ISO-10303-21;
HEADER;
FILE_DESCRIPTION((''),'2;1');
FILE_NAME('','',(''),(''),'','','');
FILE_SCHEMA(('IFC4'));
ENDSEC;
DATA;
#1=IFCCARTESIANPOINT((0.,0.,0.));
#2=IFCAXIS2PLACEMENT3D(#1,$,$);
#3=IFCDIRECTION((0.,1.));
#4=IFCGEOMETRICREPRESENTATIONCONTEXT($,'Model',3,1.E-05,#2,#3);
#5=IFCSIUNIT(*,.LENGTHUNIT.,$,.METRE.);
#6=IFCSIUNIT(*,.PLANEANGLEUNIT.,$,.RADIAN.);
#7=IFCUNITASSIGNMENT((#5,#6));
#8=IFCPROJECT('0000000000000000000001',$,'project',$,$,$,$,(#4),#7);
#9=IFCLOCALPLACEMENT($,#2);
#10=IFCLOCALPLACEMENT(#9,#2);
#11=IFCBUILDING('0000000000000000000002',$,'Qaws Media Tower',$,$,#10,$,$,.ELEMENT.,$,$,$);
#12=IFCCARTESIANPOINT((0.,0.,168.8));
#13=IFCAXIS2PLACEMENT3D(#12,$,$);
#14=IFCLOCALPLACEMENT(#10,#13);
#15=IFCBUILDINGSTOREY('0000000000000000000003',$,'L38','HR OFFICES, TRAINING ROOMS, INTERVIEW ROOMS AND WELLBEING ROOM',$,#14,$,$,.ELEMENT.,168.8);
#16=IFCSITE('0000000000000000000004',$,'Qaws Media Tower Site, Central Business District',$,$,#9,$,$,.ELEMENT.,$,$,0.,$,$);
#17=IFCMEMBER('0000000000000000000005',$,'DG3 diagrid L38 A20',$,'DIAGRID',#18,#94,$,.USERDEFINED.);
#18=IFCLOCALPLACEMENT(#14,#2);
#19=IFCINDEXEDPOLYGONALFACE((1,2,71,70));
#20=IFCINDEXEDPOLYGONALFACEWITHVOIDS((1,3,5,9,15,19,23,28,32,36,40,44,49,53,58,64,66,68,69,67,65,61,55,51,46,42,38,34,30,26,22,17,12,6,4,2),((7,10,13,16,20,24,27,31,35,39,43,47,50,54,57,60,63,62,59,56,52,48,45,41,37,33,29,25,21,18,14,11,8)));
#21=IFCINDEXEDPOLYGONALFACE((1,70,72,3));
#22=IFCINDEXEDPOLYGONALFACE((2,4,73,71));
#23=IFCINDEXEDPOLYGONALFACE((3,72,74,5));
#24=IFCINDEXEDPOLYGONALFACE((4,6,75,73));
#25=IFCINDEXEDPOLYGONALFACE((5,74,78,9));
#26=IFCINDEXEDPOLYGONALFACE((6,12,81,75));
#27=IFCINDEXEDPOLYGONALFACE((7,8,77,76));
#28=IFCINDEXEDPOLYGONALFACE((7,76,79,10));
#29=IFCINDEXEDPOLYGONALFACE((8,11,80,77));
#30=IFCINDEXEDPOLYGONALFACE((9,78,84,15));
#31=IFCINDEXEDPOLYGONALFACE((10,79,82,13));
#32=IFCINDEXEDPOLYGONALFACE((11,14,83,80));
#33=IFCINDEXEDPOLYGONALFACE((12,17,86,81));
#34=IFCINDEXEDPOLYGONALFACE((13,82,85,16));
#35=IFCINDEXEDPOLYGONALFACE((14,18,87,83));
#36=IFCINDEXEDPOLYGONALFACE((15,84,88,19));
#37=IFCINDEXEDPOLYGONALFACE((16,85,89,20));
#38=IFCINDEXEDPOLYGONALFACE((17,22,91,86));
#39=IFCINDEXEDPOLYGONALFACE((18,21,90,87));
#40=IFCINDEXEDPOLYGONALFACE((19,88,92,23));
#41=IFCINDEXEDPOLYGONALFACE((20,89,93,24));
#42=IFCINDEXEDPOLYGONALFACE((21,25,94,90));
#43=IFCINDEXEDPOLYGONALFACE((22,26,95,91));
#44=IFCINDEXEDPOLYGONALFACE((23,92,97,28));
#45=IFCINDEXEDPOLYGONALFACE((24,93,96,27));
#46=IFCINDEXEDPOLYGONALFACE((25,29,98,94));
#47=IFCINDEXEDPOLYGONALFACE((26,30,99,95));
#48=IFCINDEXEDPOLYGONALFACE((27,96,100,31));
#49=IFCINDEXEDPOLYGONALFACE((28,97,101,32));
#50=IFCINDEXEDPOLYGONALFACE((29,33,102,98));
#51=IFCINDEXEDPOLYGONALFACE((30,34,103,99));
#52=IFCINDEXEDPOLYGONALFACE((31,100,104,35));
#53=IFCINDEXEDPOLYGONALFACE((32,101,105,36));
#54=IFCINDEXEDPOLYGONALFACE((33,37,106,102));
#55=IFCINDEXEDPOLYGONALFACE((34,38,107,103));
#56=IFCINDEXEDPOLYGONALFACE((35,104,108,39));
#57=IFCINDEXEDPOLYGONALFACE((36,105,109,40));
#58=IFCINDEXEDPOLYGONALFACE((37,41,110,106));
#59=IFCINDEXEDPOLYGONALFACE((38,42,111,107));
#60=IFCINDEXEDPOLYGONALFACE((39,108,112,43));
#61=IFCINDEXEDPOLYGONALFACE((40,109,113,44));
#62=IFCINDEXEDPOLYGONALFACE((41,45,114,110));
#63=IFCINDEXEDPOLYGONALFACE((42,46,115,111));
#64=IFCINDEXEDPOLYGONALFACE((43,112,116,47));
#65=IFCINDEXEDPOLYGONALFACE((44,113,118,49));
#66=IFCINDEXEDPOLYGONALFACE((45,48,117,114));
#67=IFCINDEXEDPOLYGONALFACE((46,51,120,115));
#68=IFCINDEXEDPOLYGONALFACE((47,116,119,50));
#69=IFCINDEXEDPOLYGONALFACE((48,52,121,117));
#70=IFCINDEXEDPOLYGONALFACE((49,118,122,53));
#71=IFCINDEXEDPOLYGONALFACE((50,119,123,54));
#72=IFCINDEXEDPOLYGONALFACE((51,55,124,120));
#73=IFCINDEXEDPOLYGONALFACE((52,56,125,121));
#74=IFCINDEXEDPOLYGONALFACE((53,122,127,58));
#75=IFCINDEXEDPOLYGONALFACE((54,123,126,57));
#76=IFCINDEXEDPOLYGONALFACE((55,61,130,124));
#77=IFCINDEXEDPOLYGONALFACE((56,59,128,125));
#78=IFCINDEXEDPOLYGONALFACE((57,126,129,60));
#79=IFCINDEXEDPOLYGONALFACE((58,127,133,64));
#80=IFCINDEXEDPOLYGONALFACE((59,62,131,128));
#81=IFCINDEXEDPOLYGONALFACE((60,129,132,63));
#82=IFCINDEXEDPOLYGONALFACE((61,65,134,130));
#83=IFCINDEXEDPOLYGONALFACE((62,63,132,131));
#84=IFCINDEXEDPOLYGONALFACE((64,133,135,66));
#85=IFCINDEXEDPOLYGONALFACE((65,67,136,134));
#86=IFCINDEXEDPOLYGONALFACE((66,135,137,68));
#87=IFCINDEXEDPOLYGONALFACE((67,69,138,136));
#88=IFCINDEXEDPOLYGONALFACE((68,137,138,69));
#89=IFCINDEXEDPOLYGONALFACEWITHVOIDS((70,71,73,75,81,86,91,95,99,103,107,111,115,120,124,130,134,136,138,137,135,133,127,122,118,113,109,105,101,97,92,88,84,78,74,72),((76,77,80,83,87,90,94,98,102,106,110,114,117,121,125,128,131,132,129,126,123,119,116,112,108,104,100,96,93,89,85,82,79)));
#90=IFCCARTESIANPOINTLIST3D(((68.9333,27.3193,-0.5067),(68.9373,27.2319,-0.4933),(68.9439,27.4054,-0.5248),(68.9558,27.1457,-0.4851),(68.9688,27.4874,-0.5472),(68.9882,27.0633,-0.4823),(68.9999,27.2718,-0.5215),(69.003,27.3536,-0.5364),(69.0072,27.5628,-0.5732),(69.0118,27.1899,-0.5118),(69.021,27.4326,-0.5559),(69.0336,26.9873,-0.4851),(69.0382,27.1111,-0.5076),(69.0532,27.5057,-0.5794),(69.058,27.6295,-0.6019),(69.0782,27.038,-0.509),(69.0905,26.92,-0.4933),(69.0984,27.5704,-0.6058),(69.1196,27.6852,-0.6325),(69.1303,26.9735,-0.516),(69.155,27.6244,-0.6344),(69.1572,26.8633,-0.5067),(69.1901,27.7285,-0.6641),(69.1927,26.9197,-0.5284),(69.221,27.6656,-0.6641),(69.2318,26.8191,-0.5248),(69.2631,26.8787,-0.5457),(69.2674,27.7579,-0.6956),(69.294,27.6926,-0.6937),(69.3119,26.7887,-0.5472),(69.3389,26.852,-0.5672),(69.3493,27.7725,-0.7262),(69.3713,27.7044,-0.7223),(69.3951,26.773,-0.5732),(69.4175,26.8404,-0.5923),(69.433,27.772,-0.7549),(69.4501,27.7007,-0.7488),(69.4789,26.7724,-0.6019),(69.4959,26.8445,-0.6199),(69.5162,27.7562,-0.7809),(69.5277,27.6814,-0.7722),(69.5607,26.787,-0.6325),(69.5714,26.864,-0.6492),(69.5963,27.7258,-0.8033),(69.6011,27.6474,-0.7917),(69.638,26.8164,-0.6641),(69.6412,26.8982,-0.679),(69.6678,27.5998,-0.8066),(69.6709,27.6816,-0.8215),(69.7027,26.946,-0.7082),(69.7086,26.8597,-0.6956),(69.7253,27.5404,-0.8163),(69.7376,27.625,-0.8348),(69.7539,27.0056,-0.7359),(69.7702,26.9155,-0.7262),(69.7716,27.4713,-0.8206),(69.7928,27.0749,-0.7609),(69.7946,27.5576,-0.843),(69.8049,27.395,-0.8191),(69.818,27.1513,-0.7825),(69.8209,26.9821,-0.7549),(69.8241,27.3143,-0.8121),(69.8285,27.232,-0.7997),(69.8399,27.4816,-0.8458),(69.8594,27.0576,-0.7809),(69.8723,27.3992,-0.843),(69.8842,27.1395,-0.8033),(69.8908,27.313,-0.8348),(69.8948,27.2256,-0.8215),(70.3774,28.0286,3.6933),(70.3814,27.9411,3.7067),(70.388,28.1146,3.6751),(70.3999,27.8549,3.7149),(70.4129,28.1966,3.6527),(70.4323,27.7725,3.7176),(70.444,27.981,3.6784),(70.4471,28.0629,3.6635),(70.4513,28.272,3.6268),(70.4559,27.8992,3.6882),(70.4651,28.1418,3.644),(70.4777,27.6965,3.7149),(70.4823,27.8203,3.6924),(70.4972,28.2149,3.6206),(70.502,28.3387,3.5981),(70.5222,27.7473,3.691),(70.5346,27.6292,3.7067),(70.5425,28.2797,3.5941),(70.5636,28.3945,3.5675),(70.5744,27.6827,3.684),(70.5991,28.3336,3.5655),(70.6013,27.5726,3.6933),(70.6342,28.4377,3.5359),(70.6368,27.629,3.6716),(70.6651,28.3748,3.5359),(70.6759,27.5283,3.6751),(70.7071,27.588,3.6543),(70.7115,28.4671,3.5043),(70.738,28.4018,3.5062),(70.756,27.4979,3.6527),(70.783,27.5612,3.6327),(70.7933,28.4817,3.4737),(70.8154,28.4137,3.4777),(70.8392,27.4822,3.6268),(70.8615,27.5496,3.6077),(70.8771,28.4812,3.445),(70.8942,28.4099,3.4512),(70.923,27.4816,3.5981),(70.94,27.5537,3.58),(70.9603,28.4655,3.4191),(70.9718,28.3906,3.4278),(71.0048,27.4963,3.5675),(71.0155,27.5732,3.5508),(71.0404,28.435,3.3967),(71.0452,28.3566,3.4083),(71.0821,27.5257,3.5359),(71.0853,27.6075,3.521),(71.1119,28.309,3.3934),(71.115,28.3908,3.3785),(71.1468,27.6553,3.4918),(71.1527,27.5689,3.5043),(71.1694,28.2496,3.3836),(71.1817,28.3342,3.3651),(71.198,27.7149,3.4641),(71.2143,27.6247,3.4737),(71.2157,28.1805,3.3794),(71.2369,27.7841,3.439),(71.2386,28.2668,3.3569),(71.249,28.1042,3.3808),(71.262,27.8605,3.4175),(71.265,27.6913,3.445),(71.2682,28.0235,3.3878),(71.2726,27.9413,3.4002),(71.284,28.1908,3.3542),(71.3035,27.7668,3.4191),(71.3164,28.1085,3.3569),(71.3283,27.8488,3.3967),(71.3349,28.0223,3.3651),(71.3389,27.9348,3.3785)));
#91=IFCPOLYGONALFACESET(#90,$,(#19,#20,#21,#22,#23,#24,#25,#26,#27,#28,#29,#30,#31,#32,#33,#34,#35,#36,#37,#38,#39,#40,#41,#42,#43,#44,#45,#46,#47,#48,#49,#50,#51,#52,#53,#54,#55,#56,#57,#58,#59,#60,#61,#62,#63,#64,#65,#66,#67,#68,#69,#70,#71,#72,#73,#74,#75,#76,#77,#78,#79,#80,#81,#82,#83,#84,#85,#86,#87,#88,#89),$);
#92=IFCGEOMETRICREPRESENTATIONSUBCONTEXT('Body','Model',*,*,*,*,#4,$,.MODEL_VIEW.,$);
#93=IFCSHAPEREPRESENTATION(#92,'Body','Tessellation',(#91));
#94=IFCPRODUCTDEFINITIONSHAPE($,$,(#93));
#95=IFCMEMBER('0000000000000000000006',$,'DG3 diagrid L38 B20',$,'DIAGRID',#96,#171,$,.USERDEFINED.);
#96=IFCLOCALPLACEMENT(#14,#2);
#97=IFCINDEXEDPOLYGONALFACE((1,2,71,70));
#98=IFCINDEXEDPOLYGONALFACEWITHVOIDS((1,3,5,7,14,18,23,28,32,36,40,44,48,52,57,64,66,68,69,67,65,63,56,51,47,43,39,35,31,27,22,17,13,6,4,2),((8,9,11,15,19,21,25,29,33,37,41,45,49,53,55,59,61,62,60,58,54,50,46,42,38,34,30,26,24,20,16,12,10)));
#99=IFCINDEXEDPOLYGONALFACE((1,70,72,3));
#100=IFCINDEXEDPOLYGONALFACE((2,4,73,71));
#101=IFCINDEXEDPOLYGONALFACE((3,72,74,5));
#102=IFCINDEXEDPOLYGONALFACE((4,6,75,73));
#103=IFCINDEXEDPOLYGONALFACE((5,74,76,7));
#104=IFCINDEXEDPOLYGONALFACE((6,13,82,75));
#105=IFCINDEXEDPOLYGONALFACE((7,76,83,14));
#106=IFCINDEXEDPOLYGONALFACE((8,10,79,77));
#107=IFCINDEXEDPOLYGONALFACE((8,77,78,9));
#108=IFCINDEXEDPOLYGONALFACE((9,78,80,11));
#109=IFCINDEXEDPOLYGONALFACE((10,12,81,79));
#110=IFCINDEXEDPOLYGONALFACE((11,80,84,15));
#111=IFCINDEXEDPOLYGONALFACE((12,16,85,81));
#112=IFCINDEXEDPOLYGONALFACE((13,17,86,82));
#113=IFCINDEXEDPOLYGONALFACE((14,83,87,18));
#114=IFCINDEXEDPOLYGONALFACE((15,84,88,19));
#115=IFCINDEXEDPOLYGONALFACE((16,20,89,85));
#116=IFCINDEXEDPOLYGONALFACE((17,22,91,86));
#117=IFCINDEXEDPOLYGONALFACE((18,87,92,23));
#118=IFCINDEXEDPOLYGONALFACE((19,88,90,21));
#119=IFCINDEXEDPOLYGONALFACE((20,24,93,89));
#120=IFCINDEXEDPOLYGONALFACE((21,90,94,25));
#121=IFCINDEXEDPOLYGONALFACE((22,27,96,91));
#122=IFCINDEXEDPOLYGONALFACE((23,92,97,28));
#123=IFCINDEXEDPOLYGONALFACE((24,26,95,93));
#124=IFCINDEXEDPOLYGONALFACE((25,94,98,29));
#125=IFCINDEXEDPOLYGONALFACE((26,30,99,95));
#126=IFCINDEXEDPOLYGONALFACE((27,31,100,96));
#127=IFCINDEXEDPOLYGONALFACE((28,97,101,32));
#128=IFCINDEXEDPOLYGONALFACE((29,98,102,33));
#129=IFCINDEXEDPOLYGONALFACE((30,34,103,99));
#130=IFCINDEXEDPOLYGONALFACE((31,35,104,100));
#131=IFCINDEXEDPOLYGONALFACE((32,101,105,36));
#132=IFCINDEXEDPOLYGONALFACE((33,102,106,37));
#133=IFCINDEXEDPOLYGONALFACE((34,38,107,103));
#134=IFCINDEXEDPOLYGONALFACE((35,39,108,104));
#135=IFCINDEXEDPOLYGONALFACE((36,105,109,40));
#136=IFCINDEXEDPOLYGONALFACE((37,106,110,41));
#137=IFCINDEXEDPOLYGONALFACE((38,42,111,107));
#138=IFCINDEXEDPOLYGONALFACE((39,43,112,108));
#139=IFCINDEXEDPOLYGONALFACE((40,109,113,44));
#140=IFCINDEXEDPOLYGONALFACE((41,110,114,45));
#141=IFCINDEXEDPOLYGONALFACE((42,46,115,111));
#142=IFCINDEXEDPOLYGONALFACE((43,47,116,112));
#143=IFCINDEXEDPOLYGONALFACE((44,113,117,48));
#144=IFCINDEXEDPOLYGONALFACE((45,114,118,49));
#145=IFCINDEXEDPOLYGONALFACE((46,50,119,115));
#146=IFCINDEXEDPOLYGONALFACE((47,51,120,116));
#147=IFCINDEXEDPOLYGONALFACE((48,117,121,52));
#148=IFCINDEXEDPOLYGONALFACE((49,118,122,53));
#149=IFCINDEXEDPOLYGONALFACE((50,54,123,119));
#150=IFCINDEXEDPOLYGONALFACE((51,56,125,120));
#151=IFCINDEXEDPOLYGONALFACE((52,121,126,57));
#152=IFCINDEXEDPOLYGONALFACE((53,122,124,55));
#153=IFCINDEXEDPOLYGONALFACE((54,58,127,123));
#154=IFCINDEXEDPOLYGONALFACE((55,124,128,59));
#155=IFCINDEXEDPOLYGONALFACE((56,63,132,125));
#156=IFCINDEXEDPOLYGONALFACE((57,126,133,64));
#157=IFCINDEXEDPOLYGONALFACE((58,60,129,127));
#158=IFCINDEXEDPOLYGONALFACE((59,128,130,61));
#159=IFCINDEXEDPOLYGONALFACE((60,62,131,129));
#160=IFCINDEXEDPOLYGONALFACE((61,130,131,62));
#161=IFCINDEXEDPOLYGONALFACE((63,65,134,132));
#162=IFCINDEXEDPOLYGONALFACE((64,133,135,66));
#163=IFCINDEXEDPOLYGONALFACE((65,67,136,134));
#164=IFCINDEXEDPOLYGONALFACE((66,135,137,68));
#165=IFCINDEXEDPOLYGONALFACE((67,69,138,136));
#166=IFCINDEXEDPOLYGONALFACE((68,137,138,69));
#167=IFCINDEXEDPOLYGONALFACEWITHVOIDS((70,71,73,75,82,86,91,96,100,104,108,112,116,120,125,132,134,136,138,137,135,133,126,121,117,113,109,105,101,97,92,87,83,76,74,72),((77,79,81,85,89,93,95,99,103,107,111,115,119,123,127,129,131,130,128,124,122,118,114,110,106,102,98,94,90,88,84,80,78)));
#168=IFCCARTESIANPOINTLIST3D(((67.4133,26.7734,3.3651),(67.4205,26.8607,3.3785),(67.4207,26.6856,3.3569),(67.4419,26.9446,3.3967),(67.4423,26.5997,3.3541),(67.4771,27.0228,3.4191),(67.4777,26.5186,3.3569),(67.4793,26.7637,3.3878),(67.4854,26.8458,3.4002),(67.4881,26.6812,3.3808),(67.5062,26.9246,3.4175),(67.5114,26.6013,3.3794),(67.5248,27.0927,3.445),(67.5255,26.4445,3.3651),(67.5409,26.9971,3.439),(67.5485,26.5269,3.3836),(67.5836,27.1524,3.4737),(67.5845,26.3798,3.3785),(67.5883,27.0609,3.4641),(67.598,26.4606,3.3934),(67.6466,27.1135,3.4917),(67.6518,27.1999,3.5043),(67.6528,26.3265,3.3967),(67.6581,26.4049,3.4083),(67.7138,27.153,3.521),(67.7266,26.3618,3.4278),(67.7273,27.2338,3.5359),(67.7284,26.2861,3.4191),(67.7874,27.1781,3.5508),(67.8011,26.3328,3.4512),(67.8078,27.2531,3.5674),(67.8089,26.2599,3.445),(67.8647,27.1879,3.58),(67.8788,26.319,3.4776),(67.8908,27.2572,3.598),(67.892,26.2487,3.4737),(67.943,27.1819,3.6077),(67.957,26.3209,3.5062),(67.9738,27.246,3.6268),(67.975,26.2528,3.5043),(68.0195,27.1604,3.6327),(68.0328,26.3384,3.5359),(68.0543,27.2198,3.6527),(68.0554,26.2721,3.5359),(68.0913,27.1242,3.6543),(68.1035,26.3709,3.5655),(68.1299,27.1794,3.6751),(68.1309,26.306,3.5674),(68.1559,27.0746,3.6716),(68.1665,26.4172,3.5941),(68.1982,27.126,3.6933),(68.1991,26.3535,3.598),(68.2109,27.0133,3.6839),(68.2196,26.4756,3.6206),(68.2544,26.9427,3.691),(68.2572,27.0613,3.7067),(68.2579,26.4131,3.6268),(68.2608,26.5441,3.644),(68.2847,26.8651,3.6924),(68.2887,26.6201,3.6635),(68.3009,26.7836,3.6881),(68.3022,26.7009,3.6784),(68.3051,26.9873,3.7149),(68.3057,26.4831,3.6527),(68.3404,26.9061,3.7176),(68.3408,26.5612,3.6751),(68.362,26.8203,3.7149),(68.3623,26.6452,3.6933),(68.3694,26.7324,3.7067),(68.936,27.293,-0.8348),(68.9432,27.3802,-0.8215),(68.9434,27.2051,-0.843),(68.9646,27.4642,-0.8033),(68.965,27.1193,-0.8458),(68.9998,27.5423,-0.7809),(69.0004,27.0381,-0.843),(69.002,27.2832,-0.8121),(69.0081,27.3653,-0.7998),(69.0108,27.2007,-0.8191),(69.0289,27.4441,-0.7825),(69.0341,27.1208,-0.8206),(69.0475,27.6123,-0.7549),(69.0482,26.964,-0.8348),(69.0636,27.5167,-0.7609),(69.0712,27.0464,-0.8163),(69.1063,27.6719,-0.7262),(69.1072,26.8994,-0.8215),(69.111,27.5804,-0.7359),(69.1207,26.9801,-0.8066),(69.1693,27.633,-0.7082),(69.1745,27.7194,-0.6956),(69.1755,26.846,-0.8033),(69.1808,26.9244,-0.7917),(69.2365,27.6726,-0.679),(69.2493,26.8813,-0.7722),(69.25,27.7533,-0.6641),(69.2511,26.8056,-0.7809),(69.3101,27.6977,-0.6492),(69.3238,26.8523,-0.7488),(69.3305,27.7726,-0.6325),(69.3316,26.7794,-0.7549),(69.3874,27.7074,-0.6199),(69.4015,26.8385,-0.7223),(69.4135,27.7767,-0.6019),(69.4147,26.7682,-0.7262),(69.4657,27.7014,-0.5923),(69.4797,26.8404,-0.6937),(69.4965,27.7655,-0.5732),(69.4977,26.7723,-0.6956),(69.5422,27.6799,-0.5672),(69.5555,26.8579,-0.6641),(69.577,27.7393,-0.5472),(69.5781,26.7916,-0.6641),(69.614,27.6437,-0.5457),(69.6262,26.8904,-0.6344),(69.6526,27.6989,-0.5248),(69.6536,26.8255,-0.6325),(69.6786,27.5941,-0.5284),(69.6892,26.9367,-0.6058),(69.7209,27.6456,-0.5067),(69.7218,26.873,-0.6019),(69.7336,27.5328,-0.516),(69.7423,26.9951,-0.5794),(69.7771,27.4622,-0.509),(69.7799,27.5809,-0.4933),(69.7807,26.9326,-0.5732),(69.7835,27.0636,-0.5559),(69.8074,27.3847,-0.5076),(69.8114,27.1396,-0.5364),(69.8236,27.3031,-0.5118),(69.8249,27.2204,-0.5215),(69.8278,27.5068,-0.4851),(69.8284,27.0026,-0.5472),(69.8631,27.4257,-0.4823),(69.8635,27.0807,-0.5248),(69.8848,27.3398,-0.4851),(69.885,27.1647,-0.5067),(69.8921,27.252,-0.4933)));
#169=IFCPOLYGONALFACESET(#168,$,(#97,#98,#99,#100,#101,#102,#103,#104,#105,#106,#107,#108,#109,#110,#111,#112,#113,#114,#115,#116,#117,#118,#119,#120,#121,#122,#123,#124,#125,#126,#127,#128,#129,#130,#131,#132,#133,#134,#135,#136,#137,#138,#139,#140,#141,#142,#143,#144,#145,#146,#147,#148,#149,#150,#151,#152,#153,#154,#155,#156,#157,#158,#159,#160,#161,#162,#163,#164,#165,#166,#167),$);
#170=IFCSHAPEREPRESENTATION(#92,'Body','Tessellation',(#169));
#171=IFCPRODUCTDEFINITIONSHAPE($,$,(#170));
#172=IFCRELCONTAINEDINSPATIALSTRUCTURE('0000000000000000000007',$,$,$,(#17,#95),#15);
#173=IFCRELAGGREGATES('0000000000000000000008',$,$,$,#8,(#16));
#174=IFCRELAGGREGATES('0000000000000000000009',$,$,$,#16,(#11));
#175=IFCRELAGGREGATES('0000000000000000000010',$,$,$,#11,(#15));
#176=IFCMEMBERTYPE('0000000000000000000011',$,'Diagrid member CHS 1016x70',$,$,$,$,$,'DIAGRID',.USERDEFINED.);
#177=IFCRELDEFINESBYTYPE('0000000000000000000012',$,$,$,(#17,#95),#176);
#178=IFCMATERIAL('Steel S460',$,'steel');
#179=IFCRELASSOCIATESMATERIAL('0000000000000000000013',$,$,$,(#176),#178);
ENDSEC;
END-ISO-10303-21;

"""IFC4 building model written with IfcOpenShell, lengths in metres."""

from ifc_helpers import new_model, si_unit, direction, frame, origin, origin_2d, place, context, subcontext, project, spatial, hollow_circle, extrude, material, material_profile, profile_set, type_object, element, save


model = new_model("IFC4")

# Units and contexts
model_context = context("Model", 3, precision=1e-05, world=origin(), true_north=direction((0.0, 1.0)))
body_context = subcontext(model_context, "Body", "Model", "MODEL_VIEW")
ifc_project = project(units=[si_unit("LENGTHUNIT", "METRE"), si_unit("PLANEANGLEUNIT", "RADIAN")], contexts=[model_context])

# Site, building, storey
site_placement = place(None, origin())
site = spatial("IfcSite", under=ifc_project, at=site_placement, Name="Qaws Media Tower Site, Central Business District", CompositionType="ELEMENT", RefElevation=0.0)
building_placement = place(site_placement, origin())
building = spatial("IfcBuilding", under=site, at=building_placement, Name="Qaws Media Tower", CompositionType="ELEMENT")
storey_placement = place(building_placement, frame((0.0, 0.0, 168.8)))
storey = spatial("IfcBuildingStorey", under=building, at=storey_placement, Name="L38", Description="HR OFFICES, TRAINING ROOMS, INTERVIEW ROOMS AND WELLBEING ROOM", CompositionType="ELEMENT", Elevation=168.8)

# Members
ifc_material_1 = material(Name="Steel S460", Category="steel")
ifc_material_profile_1 = material_profile(ifc_material_1, hollow_circle(Radius=0.5081, WallThickness=0.0701, at=origin_2d()), Name="CHS 1016x70")
ifc_profile_set_1 = profile_set([ifc_material_profile_1], Name="Steel S460")
member_type_1 = type_object("IfcMemberType", Name="Diagrid member CHS 1016x70", ElementType="DIAGRID", PredefinedType="USERDEFINED", material=ifc_profile_set_1)
for number, where, z_axis, x_axis, name in (
    (1, (69.4141, 27.2725, -0.6641), (0.321084, 0.157692, 0.93383), (-0.440829, 0.897591, 0.0), "DG3 diagrid L38 A20"),
    (2, (69.4141, 27.2725, -0.6641), (-0.338562, -0.115514, 0.933827), (0.322912, -0.946429, 0.0), "DG3 diagrid L38 B20"),
):
    element("IfcMember", number, at=place(storey_placement, frame(where, z_axis=z_axis, x_axis=x_axis)), inside=storey, type_object=member_type_1, Name=name, ObjectType="DIAGRID", PredefinedType="USERDEFINED", context=body_context, shape_type="SweptSolid", body=[
        extrude(hollow_circle(Radius=0.5081, WallThickness=0.0701, at=origin_2d()), origin(), (0.0, 0.0, 1.0), 4.4976),
    ])

save(model, "model.ifc")
